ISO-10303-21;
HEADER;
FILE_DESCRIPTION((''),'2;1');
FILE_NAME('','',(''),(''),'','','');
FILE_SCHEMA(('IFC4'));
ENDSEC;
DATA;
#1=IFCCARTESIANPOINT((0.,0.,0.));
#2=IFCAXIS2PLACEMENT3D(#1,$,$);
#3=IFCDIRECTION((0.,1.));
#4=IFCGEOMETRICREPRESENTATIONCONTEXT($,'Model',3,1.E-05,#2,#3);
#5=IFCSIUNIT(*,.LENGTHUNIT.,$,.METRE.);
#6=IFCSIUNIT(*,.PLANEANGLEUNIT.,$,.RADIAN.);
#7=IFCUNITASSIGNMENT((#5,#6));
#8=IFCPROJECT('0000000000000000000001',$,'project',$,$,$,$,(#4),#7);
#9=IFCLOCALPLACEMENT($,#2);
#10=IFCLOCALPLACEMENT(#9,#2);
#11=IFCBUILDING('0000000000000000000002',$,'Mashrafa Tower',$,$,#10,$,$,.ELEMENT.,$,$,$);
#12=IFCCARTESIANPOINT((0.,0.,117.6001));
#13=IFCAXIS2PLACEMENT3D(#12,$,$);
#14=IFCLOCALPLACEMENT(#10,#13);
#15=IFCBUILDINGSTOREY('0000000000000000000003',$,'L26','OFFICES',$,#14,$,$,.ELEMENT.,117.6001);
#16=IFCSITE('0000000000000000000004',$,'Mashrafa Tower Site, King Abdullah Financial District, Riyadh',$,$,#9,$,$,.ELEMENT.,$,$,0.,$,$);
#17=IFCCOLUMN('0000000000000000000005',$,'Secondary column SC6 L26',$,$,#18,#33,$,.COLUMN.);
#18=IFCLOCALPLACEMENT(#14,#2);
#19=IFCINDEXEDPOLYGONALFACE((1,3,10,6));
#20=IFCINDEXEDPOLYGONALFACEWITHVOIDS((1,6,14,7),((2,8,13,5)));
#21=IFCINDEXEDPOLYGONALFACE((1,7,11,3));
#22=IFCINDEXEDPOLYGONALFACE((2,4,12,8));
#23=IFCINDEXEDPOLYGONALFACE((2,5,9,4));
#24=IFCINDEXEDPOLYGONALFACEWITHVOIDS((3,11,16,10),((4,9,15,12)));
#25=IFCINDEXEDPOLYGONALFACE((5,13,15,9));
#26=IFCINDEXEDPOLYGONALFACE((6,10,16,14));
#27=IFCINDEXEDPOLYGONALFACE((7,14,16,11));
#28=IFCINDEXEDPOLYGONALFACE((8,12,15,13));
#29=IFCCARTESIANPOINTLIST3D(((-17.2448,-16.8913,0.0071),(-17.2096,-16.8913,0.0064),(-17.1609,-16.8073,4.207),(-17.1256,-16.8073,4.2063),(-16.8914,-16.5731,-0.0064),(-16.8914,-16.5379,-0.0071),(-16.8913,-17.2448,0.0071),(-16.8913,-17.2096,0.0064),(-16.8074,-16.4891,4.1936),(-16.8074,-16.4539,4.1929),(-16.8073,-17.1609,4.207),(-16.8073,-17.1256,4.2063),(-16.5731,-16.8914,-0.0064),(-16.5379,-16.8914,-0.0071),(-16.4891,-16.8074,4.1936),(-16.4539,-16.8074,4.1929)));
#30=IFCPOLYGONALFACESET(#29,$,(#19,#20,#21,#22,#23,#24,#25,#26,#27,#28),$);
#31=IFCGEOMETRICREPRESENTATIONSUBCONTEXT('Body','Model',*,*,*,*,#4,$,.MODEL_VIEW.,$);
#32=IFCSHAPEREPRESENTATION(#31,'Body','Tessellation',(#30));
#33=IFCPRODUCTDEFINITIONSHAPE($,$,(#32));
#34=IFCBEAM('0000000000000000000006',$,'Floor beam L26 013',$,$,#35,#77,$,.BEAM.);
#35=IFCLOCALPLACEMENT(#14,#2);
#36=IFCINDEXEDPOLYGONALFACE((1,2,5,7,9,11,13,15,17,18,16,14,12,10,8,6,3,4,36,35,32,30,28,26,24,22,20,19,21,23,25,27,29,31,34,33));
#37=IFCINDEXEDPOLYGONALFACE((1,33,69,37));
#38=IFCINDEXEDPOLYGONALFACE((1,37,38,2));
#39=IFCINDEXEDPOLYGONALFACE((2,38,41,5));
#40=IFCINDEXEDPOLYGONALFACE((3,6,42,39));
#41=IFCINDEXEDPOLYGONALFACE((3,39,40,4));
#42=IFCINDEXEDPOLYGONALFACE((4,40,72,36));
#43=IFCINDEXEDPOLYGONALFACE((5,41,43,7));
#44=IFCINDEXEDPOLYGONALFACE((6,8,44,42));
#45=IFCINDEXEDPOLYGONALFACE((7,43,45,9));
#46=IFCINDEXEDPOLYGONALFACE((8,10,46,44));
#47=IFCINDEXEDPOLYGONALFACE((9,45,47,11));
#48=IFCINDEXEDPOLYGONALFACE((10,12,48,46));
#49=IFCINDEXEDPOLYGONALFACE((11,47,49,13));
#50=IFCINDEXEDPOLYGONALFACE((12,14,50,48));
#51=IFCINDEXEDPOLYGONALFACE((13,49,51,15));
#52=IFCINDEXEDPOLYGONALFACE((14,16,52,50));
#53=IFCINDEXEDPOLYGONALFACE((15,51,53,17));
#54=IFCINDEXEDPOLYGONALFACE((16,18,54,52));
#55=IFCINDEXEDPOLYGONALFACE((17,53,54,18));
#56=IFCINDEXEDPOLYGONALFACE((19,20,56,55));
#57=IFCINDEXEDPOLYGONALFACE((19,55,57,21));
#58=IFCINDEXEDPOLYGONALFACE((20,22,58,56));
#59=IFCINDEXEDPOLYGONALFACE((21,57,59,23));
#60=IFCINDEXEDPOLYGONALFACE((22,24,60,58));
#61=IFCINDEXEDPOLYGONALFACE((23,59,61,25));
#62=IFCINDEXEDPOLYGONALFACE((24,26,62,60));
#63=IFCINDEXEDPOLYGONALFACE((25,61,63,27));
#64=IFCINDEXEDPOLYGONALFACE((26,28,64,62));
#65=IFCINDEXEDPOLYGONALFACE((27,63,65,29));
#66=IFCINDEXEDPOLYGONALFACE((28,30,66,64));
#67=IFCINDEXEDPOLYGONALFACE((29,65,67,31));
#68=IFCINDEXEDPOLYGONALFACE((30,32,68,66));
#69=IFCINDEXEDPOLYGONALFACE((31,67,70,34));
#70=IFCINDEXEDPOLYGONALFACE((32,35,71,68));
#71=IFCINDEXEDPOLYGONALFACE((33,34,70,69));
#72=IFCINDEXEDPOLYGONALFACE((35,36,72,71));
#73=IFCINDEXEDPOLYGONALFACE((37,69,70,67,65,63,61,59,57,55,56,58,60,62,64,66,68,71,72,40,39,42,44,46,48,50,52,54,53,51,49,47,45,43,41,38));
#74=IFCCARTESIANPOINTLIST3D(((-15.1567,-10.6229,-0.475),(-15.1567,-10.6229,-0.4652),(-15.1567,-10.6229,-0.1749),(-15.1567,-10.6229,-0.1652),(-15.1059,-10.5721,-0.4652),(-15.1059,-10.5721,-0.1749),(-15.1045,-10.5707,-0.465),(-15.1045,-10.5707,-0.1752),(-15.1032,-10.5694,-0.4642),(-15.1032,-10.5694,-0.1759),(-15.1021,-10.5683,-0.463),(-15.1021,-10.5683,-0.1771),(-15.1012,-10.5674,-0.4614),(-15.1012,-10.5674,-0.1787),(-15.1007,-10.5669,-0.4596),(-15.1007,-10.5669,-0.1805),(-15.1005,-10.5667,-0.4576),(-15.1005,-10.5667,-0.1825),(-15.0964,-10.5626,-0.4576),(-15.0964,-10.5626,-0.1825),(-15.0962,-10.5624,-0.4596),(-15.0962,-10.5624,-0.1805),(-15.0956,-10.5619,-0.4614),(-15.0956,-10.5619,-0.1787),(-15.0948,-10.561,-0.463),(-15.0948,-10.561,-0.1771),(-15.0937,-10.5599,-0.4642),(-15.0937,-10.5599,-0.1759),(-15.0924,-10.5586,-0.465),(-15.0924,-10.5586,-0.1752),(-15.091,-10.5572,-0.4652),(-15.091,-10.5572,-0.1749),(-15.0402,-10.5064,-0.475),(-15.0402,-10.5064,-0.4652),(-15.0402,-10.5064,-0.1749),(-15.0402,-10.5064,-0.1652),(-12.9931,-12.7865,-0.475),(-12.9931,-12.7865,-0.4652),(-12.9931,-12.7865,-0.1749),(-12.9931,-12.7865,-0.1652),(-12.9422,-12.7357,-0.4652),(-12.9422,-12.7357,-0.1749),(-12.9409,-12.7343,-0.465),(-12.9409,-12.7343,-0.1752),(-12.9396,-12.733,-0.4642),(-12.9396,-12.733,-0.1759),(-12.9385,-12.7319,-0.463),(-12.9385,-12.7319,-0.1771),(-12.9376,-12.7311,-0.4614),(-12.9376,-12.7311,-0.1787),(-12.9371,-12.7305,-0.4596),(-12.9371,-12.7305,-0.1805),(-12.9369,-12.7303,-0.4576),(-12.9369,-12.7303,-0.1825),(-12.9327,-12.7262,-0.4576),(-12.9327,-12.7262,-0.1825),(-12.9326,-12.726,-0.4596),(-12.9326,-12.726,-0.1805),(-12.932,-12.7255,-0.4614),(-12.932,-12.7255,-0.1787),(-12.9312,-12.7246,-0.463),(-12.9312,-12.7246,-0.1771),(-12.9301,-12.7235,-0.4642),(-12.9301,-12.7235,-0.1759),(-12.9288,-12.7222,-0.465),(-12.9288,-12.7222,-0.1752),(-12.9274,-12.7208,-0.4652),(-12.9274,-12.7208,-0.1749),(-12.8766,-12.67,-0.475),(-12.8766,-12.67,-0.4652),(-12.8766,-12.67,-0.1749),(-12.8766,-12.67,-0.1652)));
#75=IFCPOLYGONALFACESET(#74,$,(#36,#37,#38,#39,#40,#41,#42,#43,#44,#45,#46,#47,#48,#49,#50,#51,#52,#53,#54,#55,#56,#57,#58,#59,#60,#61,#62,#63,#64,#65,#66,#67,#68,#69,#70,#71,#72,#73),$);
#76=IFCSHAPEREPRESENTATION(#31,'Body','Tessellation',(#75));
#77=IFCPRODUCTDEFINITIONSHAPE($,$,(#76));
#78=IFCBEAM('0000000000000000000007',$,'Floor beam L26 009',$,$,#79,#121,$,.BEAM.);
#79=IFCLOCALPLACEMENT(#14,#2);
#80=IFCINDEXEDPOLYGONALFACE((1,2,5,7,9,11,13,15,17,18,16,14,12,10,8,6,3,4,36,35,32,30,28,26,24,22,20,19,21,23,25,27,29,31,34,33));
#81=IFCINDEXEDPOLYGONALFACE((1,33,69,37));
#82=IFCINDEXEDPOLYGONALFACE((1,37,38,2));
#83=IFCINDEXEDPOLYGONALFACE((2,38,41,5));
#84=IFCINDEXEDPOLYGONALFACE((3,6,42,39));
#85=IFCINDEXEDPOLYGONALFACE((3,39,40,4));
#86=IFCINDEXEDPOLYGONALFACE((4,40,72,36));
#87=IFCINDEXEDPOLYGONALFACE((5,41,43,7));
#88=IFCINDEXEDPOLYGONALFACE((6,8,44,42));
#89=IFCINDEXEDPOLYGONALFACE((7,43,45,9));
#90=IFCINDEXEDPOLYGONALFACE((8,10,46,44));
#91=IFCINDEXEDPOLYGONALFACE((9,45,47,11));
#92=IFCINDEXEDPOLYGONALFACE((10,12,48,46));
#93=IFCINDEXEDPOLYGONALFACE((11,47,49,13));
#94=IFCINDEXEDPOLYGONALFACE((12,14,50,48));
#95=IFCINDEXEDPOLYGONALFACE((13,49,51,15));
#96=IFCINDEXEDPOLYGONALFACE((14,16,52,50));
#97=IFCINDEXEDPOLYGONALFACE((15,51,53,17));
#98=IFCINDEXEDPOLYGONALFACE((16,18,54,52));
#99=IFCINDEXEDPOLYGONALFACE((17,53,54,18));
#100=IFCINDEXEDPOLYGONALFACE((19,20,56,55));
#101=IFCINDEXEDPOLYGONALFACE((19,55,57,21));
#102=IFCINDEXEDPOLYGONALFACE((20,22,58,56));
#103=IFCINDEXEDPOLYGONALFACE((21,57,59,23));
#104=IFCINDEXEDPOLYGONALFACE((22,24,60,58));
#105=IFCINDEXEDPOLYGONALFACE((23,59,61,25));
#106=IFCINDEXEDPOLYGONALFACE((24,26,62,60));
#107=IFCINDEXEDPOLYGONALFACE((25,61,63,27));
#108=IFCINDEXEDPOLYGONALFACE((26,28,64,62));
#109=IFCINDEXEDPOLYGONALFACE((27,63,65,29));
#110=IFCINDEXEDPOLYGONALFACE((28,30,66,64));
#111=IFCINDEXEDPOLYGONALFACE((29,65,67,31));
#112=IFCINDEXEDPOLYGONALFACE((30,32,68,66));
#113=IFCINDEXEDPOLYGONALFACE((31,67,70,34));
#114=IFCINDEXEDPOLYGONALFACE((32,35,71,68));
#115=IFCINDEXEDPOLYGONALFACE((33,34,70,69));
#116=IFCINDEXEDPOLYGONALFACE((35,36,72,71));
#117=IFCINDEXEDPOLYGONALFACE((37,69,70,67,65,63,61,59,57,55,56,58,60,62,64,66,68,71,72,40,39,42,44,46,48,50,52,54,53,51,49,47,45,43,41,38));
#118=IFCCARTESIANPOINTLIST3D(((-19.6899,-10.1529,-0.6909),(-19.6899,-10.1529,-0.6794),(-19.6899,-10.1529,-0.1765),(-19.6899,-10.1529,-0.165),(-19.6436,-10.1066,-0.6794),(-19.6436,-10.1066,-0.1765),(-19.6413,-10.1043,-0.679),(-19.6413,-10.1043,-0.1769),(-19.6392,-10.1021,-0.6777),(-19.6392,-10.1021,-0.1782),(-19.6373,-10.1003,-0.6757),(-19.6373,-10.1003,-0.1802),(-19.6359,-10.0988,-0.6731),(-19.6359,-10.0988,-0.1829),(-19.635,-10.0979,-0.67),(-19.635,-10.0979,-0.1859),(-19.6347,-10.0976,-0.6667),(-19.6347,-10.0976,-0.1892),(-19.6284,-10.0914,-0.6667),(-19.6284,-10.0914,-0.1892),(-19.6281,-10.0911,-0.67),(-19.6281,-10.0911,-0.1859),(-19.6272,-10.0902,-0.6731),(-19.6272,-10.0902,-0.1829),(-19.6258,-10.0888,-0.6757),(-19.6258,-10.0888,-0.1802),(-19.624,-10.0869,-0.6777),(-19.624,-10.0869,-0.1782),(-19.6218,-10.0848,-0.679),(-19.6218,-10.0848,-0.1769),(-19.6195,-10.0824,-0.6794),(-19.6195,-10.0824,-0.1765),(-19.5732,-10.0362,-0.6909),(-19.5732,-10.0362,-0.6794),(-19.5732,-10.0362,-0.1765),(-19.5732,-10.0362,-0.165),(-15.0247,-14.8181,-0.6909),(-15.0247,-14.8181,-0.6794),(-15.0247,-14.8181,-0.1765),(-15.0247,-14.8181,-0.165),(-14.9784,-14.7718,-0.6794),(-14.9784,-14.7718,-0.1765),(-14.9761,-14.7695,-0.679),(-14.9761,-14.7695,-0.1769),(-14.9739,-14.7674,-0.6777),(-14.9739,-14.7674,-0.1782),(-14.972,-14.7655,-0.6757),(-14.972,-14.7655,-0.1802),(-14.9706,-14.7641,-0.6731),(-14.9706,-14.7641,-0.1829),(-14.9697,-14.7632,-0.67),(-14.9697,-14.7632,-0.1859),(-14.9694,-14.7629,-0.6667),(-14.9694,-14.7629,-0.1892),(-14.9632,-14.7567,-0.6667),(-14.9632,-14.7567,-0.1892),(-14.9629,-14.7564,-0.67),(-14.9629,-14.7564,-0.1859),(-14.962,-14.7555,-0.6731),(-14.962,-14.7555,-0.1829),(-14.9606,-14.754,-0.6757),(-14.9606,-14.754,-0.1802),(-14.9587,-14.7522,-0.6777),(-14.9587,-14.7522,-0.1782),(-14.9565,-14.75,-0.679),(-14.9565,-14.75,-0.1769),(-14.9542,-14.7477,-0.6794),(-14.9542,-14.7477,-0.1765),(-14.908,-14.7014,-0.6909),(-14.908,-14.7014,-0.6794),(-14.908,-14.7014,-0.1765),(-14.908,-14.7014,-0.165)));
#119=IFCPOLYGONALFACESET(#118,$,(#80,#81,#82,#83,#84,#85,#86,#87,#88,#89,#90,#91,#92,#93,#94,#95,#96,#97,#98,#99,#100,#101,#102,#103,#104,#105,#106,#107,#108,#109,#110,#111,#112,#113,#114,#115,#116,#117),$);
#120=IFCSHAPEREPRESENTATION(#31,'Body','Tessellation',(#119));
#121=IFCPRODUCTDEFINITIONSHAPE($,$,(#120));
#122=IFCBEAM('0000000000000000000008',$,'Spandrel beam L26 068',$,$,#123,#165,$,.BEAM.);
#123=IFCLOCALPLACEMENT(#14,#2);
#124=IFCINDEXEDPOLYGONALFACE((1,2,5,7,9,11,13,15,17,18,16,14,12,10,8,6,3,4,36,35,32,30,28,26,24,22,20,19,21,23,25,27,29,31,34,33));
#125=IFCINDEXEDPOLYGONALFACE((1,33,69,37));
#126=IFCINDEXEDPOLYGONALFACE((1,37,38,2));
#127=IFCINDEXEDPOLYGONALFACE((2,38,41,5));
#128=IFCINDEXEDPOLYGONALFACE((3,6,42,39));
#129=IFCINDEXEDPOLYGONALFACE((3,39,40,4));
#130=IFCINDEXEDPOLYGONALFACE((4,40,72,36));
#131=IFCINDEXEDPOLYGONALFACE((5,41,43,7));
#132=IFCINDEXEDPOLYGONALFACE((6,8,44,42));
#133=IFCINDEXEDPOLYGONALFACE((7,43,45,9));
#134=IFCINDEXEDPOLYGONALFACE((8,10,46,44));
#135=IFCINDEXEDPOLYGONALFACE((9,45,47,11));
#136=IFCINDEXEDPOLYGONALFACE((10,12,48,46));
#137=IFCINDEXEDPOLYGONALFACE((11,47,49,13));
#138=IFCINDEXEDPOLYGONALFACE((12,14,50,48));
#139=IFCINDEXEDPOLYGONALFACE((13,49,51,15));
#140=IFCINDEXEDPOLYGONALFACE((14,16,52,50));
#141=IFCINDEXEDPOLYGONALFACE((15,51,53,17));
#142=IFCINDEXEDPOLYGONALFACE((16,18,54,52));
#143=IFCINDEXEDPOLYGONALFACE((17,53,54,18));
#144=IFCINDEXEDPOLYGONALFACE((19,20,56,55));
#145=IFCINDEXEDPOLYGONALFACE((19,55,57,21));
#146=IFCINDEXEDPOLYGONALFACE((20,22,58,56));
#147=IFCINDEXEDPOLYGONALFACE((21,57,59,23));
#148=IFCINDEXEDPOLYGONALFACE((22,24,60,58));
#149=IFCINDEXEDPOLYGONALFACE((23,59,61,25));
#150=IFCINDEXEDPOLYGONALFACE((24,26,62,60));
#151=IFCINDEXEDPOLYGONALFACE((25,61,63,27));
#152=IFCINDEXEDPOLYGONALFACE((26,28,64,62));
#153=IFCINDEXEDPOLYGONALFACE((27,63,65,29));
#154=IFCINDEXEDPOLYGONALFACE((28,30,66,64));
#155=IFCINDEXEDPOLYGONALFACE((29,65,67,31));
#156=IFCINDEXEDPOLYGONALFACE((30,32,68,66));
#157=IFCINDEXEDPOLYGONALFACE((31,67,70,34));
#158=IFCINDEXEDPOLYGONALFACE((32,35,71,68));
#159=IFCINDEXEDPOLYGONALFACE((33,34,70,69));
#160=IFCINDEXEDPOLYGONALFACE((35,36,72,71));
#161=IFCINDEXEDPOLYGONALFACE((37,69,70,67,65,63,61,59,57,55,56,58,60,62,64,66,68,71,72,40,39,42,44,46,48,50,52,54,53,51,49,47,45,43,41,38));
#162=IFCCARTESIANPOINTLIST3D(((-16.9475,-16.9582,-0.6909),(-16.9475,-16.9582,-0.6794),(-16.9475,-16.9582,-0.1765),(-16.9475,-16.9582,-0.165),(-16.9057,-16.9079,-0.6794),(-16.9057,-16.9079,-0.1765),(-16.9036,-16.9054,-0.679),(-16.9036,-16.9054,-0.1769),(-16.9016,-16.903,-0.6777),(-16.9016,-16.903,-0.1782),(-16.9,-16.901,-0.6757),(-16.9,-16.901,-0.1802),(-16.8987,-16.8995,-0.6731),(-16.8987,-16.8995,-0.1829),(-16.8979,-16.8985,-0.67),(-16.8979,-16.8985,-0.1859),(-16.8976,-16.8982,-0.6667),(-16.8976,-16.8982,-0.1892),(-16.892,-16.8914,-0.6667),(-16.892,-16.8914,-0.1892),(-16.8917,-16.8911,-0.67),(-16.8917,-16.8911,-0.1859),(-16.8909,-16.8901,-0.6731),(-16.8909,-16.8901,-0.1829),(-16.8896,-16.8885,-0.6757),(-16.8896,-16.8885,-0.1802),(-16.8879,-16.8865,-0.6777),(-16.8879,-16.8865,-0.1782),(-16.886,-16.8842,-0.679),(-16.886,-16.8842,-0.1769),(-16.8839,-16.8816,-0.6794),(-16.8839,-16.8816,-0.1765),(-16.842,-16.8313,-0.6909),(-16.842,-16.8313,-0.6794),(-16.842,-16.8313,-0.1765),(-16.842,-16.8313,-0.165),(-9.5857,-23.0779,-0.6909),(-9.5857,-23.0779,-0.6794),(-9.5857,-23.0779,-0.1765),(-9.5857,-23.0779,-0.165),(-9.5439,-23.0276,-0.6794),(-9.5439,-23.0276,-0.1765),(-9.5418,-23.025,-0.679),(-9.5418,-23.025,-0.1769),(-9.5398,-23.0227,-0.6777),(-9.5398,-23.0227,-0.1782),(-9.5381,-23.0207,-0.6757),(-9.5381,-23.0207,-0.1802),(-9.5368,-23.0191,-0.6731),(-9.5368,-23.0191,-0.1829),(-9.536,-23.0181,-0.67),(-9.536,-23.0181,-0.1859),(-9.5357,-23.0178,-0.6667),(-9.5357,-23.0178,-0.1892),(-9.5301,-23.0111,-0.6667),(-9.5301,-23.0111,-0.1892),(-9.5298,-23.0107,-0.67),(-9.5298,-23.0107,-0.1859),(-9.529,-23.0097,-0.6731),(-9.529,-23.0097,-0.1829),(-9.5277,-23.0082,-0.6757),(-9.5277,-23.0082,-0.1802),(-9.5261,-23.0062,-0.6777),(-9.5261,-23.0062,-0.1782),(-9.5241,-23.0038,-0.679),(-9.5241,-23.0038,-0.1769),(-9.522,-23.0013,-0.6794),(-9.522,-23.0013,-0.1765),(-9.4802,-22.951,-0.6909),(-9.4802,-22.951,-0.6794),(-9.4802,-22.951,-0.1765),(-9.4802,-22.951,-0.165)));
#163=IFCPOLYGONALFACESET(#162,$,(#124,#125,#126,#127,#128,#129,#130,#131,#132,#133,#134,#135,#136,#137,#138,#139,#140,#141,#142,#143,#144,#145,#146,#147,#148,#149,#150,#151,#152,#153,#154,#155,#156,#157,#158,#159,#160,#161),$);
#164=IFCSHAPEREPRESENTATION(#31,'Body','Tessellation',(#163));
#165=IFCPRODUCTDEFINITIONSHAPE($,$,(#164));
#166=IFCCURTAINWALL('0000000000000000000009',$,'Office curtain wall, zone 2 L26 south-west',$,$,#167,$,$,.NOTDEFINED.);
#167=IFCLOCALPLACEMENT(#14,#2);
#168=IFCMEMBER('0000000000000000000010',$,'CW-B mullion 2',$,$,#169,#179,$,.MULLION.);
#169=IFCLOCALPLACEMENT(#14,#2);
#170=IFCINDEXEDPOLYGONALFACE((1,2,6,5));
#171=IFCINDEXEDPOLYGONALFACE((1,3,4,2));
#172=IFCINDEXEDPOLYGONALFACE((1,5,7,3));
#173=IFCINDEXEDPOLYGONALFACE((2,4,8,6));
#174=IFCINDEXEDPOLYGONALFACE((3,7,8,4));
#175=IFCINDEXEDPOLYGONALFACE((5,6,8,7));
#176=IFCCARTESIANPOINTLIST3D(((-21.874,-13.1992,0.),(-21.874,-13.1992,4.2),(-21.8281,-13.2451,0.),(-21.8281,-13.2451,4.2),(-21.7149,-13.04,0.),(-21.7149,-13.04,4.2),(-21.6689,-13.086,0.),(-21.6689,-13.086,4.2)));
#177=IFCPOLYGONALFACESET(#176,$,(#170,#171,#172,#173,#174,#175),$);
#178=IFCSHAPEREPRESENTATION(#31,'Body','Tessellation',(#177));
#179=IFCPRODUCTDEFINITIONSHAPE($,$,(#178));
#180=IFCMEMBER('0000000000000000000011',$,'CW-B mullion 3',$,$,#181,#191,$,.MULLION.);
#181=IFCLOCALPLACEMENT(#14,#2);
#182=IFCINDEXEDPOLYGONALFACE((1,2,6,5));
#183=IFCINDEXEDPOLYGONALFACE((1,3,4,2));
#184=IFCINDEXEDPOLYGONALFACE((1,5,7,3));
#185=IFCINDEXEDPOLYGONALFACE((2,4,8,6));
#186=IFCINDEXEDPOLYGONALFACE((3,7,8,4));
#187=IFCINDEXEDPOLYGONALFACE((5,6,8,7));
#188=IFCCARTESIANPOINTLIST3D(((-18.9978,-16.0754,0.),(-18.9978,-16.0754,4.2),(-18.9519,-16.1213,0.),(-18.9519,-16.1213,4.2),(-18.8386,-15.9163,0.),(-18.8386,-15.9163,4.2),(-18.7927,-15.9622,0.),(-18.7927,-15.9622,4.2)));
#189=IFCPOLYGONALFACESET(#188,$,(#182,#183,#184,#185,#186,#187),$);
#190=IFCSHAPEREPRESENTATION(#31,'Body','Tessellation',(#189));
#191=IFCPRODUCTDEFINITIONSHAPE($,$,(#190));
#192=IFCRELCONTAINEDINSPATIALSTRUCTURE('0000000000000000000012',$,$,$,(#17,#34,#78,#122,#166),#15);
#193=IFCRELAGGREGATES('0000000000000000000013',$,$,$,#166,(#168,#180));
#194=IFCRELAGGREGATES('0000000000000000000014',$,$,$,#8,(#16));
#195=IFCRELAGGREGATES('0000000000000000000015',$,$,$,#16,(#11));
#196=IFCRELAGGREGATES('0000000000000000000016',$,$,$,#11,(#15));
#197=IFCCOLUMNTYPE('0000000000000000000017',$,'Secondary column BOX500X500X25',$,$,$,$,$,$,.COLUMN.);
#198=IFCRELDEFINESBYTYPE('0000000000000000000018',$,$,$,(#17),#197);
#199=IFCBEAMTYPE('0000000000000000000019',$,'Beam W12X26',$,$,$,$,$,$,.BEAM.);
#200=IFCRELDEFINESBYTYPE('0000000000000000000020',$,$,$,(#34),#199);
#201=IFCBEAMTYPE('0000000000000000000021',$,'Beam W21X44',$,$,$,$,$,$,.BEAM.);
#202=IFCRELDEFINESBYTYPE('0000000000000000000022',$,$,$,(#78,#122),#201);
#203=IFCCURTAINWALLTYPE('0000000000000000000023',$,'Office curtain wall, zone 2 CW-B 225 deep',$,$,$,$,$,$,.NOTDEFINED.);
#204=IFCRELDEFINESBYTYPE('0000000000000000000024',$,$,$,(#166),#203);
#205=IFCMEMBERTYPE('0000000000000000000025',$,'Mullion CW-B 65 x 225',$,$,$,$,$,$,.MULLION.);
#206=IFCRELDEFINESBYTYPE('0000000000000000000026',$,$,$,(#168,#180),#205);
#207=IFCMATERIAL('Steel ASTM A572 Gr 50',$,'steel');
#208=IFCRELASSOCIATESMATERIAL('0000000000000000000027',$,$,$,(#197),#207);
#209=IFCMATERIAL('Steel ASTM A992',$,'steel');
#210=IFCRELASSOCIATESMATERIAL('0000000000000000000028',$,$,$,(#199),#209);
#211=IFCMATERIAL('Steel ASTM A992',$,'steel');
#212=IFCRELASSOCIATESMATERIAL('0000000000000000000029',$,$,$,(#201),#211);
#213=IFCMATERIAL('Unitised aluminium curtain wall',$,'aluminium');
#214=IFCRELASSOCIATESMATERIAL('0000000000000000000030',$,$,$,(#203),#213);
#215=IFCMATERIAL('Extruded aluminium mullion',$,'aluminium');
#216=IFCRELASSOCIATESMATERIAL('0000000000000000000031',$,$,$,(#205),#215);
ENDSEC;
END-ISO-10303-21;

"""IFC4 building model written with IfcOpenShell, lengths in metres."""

from ifc_helpers import new_model, si_unit, direction, frame, origin, origin_2d, place, context, subcontext, project, spatial, rectangle, hollow_rectangle, i_section, extrude, source, transform, mapped, material, material_profile, profile_set, type_object, type_shapes, element, aggregate, save


model = new_model("IFC4")

# Units and contexts
model_context = context("Model", 3, precision=1e-05, world=origin(), true_north=direction((0.0, 1.0)))
body_context = subcontext(model_context, "Body", "Model", "MODEL_VIEW")
ifc_project = project(units=[si_unit("LENGTHUNIT", "METRE"), si_unit("PLANEANGLEUNIT", "RADIAN")], contexts=[model_context])

# Site, building, storey
site_placement = place(None, origin())
site = spatial("IfcSite", under=ifc_project, at=site_placement, Name="Mashrafa Tower Site, King Abdullah Financial District, Riyadh", CompositionType="ELEMENT", RefElevation=0.0)
building_placement = place(site_placement, origin())
building = spatial("IfcBuilding", under=site, at=building_placement, Name="Mashrafa Tower", CompositionType="ELEMENT")
storey_placement = place(building_placement, frame((0.0, 0.0, 117.6001)))
storey = spatial("IfcBuildingStorey", under=building, at=storey_placement, Name="L26", Description="OFFICES", CompositionType="ELEMENT", Elevation=117.6001)

# Column
ifc_material_1 = material(Name="Steel ASTM A572 Gr 50", Category="steel")
ifc_material_profile_1 = material_profile(ifc_material_1, hollow_rectangle(XDim=0.5, YDim=0.5, WallThickness=0.0249, at=origin_2d()), Name="BOX500X500X25")
ifc_profile_set_1 = profile_set([ifc_material_profile_1], Name="Steel ASTM A572 Gr 50")
column_type = type_object("IfcColumnType", Name="Secondary column BOX500X500X25", PredefinedType="COLUMN", material=ifc_profile_set_1)
column_placement = place(storey_placement, frame((-16.8914, -16.8914, 0.0), z_axis=(0.019989, 0.019989, 0.9996), x_axis=(-0.707107, 0.707107, 0.0)))
element("IfcColumn", 1, at=column_placement, inside=storey, type_object=column_type, Name="Secondary column SC6 L26", PredefinedType="COLUMN", context=body_context, shape_type="SweptSolid", body=[
    extrude(hollow_rectangle(XDim=0.5, YDim=0.5, WallThickness=0.0249, at=origin_2d()), origin(), (0.0, 0.0, 1.0), 4.2017),
])

# Beams
ifc_material_2 = material(Name="Steel ASTM A992", Category="steel")
ifc_material_profile_2 = material_profile(ifc_material_2, i_section(OverallWidth=0.1648, OverallDepth=0.3098, WebThickness=0.0059, FlangeThickness=0.0098, FilletRadius=0.0076, at=origin_2d()), Name="W12X26")
ifc_profile_set_2 = profile_set([ifc_material_profile_2], Name="Steel ASTM A992")
beam_type_1 = type_object("IfcBeamType", Name="Beam W12X26", PredefinedType="BEAM", material=ifc_profile_set_2)
beam_1_placement = place(storey_placement, frame((-12.9348, -12.7283, -0.3201), z_axis=(-0.707107, 0.707107, 0.0), x_axis=(-0.707107, -0.707107, 0.0)))
element("IfcBeam", 2, at=beam_1_placement, inside=storey, type_object=beam_type_1, Name="Floor beam L26 013", PredefinedType="BEAM", context=body_context, shape_type="SweptSolid", body=[
    extrude(i_section(OverallWidth=0.1648, OverallDepth=0.3098, WebThickness=0.0059, FlangeThickness=0.0098, FilletRadius=0.0076, at=origin_2d()), origin(), (0.0, 0.0, 1.0), 3.0598),
])
ifc_material_3 = material(Name="Steel ASTM A992", Category="steel")
ifc_material_profile_3 = material_profile(ifc_material_3, i_section(OverallWidth=0.165, OverallDepth=0.5259, WebThickness=0.0088, FlangeThickness=0.0115, FilletRadius=0.0127, at=origin_2d()), Name="W21X44")
ifc_profile_set_3 = profile_set([ifc_material_profile_3], Name="Steel ASTM A992")
beam_type_2 = type_object("IfcBeamType", Name="Beam W21X44", PredefinedType="BEAM", material=ifc_profile_set_3)
beam_2_placement = place(storey_placement, frame((-14.9663, -14.7598, -0.428), z_axis=(-0.707107, 0.707107, 0.0), x_axis=(-0.707107, -0.707107, 0.0)))
element("IfcBeam", 3, at=beam_2_placement, inside=storey, type_object=beam_type_2, Name="Floor beam L26 009", PredefinedType="BEAM", context=body_context, shape_type="SweptSolid", body=[
    extrude(i_section(OverallWidth=0.165, OverallDepth=0.5259, WebThickness=0.0088, FlangeThickness=0.0115, FilletRadius=0.0127, at=origin_2d()), origin(), (0.0, 0.0, 1.0), 6.5977),
])
beam_3_placement = place(storey_placement, frame((-16.8948, -16.8948, -0.428), z_axis=(0.769003, -0.639246, 0.0), x_axis=(0.639246, 0.769003, 0.0)))
element("IfcBeam", 4, at=beam_3_placement, inside=storey, type_object=beam_type_2, Name="Spandrel beam L26 068", PredefinedType="BEAM", context=body_context, shape_type="SweptSolid", body=[
    extrude(i_section(OverallWidth=0.165, OverallDepth=0.5259, WebThickness=0.0088, FlangeThickness=0.0115, FilletRadius=0.0127, at=origin_2d()), origin(), (0.0, 0.0, 1.0), 9.5732),
])

# Curtain wall, members
ifc_material_4 = material(Name="Unitised aluminium curtain wall", Category="aluminium")
curtain_wall_type = type_object("IfcCurtainWallType", Name="Office curtain wall, zone 2 CW-B 225 deep", PredefinedType="NOTDEFINED", material=ifc_material_4)
curtain_wall_placement = place(storey_placement, origin())
curtain_wall = element("IfcCurtainWall", 5, at=curtain_wall_placement, inside=storey, type_object=curtain_wall_type, Name="Office curtain wall, zone 2 L26 south-west", PredefinedType="NOTDEFINED")
ifc_material_5 = material(Name="Extruded aluminium mullion", Category="aluminium")
ifc_material_profile_4 = material_profile(ifc_material_5, rectangle(XDim=0.2251, YDim=0.0649, at=origin_2d()), Name="Mullion 65x225")
ifc_profile_set_4 = profile_set([ifc_material_profile_4], Name="Extruded aluminium mullion")
member_type_1 = type_object("IfcMemberType", Name="Mullion CW-B 65 x 225", PredefinedType="MULLION", material=ifc_profile_set_4)
shared_shape_1 = source(origin(), body_context, "Body", "SweptSolid", [
    extrude(rectangle(XDim=0.2251, YDim=0.0649, at=origin_2d()), origin(), (0.0, 0.0, 1.0), 4.2),
])
type_shapes(member_type_1, [shared_shape_1])
member_1_placement = place(storey_placement, frame((-21.7715, -13.1426, 0.0), z_axis=(0.0, 0.0, 1.0), x_axis=(0.707107, 0.707107, 0.0)))
member_1 = element("IfcMember", 6, at=member_1_placement, type_object=member_type_1, Name="CW-B mullion 2", PredefinedType="MULLION", context=body_context, shape_type="MappedRepresentation", body=[
    mapped(shared_shape_1, transform((0.0, 0.0, 0.0))),
])
member_2_placement = place(storey_placement, frame((-18.8953, -16.0188, 0.0), z_axis=(0.0, 0.0, 1.0), x_axis=(0.707107, 0.707107, 0.0)))
member_2 = element("IfcMember", 7, at=member_2_placement, type_object=member_type_1, Name="CW-B mullion 3", PredefinedType="MULLION", context=body_context, shape_type="MappedRepresentation", body=[
    mapped(shared_shape_1, transform((0.0, 0.0, 0.0))),
])
aggregate(curtain_wall, [member_1, member_2])

save(model, "model.ifc")
